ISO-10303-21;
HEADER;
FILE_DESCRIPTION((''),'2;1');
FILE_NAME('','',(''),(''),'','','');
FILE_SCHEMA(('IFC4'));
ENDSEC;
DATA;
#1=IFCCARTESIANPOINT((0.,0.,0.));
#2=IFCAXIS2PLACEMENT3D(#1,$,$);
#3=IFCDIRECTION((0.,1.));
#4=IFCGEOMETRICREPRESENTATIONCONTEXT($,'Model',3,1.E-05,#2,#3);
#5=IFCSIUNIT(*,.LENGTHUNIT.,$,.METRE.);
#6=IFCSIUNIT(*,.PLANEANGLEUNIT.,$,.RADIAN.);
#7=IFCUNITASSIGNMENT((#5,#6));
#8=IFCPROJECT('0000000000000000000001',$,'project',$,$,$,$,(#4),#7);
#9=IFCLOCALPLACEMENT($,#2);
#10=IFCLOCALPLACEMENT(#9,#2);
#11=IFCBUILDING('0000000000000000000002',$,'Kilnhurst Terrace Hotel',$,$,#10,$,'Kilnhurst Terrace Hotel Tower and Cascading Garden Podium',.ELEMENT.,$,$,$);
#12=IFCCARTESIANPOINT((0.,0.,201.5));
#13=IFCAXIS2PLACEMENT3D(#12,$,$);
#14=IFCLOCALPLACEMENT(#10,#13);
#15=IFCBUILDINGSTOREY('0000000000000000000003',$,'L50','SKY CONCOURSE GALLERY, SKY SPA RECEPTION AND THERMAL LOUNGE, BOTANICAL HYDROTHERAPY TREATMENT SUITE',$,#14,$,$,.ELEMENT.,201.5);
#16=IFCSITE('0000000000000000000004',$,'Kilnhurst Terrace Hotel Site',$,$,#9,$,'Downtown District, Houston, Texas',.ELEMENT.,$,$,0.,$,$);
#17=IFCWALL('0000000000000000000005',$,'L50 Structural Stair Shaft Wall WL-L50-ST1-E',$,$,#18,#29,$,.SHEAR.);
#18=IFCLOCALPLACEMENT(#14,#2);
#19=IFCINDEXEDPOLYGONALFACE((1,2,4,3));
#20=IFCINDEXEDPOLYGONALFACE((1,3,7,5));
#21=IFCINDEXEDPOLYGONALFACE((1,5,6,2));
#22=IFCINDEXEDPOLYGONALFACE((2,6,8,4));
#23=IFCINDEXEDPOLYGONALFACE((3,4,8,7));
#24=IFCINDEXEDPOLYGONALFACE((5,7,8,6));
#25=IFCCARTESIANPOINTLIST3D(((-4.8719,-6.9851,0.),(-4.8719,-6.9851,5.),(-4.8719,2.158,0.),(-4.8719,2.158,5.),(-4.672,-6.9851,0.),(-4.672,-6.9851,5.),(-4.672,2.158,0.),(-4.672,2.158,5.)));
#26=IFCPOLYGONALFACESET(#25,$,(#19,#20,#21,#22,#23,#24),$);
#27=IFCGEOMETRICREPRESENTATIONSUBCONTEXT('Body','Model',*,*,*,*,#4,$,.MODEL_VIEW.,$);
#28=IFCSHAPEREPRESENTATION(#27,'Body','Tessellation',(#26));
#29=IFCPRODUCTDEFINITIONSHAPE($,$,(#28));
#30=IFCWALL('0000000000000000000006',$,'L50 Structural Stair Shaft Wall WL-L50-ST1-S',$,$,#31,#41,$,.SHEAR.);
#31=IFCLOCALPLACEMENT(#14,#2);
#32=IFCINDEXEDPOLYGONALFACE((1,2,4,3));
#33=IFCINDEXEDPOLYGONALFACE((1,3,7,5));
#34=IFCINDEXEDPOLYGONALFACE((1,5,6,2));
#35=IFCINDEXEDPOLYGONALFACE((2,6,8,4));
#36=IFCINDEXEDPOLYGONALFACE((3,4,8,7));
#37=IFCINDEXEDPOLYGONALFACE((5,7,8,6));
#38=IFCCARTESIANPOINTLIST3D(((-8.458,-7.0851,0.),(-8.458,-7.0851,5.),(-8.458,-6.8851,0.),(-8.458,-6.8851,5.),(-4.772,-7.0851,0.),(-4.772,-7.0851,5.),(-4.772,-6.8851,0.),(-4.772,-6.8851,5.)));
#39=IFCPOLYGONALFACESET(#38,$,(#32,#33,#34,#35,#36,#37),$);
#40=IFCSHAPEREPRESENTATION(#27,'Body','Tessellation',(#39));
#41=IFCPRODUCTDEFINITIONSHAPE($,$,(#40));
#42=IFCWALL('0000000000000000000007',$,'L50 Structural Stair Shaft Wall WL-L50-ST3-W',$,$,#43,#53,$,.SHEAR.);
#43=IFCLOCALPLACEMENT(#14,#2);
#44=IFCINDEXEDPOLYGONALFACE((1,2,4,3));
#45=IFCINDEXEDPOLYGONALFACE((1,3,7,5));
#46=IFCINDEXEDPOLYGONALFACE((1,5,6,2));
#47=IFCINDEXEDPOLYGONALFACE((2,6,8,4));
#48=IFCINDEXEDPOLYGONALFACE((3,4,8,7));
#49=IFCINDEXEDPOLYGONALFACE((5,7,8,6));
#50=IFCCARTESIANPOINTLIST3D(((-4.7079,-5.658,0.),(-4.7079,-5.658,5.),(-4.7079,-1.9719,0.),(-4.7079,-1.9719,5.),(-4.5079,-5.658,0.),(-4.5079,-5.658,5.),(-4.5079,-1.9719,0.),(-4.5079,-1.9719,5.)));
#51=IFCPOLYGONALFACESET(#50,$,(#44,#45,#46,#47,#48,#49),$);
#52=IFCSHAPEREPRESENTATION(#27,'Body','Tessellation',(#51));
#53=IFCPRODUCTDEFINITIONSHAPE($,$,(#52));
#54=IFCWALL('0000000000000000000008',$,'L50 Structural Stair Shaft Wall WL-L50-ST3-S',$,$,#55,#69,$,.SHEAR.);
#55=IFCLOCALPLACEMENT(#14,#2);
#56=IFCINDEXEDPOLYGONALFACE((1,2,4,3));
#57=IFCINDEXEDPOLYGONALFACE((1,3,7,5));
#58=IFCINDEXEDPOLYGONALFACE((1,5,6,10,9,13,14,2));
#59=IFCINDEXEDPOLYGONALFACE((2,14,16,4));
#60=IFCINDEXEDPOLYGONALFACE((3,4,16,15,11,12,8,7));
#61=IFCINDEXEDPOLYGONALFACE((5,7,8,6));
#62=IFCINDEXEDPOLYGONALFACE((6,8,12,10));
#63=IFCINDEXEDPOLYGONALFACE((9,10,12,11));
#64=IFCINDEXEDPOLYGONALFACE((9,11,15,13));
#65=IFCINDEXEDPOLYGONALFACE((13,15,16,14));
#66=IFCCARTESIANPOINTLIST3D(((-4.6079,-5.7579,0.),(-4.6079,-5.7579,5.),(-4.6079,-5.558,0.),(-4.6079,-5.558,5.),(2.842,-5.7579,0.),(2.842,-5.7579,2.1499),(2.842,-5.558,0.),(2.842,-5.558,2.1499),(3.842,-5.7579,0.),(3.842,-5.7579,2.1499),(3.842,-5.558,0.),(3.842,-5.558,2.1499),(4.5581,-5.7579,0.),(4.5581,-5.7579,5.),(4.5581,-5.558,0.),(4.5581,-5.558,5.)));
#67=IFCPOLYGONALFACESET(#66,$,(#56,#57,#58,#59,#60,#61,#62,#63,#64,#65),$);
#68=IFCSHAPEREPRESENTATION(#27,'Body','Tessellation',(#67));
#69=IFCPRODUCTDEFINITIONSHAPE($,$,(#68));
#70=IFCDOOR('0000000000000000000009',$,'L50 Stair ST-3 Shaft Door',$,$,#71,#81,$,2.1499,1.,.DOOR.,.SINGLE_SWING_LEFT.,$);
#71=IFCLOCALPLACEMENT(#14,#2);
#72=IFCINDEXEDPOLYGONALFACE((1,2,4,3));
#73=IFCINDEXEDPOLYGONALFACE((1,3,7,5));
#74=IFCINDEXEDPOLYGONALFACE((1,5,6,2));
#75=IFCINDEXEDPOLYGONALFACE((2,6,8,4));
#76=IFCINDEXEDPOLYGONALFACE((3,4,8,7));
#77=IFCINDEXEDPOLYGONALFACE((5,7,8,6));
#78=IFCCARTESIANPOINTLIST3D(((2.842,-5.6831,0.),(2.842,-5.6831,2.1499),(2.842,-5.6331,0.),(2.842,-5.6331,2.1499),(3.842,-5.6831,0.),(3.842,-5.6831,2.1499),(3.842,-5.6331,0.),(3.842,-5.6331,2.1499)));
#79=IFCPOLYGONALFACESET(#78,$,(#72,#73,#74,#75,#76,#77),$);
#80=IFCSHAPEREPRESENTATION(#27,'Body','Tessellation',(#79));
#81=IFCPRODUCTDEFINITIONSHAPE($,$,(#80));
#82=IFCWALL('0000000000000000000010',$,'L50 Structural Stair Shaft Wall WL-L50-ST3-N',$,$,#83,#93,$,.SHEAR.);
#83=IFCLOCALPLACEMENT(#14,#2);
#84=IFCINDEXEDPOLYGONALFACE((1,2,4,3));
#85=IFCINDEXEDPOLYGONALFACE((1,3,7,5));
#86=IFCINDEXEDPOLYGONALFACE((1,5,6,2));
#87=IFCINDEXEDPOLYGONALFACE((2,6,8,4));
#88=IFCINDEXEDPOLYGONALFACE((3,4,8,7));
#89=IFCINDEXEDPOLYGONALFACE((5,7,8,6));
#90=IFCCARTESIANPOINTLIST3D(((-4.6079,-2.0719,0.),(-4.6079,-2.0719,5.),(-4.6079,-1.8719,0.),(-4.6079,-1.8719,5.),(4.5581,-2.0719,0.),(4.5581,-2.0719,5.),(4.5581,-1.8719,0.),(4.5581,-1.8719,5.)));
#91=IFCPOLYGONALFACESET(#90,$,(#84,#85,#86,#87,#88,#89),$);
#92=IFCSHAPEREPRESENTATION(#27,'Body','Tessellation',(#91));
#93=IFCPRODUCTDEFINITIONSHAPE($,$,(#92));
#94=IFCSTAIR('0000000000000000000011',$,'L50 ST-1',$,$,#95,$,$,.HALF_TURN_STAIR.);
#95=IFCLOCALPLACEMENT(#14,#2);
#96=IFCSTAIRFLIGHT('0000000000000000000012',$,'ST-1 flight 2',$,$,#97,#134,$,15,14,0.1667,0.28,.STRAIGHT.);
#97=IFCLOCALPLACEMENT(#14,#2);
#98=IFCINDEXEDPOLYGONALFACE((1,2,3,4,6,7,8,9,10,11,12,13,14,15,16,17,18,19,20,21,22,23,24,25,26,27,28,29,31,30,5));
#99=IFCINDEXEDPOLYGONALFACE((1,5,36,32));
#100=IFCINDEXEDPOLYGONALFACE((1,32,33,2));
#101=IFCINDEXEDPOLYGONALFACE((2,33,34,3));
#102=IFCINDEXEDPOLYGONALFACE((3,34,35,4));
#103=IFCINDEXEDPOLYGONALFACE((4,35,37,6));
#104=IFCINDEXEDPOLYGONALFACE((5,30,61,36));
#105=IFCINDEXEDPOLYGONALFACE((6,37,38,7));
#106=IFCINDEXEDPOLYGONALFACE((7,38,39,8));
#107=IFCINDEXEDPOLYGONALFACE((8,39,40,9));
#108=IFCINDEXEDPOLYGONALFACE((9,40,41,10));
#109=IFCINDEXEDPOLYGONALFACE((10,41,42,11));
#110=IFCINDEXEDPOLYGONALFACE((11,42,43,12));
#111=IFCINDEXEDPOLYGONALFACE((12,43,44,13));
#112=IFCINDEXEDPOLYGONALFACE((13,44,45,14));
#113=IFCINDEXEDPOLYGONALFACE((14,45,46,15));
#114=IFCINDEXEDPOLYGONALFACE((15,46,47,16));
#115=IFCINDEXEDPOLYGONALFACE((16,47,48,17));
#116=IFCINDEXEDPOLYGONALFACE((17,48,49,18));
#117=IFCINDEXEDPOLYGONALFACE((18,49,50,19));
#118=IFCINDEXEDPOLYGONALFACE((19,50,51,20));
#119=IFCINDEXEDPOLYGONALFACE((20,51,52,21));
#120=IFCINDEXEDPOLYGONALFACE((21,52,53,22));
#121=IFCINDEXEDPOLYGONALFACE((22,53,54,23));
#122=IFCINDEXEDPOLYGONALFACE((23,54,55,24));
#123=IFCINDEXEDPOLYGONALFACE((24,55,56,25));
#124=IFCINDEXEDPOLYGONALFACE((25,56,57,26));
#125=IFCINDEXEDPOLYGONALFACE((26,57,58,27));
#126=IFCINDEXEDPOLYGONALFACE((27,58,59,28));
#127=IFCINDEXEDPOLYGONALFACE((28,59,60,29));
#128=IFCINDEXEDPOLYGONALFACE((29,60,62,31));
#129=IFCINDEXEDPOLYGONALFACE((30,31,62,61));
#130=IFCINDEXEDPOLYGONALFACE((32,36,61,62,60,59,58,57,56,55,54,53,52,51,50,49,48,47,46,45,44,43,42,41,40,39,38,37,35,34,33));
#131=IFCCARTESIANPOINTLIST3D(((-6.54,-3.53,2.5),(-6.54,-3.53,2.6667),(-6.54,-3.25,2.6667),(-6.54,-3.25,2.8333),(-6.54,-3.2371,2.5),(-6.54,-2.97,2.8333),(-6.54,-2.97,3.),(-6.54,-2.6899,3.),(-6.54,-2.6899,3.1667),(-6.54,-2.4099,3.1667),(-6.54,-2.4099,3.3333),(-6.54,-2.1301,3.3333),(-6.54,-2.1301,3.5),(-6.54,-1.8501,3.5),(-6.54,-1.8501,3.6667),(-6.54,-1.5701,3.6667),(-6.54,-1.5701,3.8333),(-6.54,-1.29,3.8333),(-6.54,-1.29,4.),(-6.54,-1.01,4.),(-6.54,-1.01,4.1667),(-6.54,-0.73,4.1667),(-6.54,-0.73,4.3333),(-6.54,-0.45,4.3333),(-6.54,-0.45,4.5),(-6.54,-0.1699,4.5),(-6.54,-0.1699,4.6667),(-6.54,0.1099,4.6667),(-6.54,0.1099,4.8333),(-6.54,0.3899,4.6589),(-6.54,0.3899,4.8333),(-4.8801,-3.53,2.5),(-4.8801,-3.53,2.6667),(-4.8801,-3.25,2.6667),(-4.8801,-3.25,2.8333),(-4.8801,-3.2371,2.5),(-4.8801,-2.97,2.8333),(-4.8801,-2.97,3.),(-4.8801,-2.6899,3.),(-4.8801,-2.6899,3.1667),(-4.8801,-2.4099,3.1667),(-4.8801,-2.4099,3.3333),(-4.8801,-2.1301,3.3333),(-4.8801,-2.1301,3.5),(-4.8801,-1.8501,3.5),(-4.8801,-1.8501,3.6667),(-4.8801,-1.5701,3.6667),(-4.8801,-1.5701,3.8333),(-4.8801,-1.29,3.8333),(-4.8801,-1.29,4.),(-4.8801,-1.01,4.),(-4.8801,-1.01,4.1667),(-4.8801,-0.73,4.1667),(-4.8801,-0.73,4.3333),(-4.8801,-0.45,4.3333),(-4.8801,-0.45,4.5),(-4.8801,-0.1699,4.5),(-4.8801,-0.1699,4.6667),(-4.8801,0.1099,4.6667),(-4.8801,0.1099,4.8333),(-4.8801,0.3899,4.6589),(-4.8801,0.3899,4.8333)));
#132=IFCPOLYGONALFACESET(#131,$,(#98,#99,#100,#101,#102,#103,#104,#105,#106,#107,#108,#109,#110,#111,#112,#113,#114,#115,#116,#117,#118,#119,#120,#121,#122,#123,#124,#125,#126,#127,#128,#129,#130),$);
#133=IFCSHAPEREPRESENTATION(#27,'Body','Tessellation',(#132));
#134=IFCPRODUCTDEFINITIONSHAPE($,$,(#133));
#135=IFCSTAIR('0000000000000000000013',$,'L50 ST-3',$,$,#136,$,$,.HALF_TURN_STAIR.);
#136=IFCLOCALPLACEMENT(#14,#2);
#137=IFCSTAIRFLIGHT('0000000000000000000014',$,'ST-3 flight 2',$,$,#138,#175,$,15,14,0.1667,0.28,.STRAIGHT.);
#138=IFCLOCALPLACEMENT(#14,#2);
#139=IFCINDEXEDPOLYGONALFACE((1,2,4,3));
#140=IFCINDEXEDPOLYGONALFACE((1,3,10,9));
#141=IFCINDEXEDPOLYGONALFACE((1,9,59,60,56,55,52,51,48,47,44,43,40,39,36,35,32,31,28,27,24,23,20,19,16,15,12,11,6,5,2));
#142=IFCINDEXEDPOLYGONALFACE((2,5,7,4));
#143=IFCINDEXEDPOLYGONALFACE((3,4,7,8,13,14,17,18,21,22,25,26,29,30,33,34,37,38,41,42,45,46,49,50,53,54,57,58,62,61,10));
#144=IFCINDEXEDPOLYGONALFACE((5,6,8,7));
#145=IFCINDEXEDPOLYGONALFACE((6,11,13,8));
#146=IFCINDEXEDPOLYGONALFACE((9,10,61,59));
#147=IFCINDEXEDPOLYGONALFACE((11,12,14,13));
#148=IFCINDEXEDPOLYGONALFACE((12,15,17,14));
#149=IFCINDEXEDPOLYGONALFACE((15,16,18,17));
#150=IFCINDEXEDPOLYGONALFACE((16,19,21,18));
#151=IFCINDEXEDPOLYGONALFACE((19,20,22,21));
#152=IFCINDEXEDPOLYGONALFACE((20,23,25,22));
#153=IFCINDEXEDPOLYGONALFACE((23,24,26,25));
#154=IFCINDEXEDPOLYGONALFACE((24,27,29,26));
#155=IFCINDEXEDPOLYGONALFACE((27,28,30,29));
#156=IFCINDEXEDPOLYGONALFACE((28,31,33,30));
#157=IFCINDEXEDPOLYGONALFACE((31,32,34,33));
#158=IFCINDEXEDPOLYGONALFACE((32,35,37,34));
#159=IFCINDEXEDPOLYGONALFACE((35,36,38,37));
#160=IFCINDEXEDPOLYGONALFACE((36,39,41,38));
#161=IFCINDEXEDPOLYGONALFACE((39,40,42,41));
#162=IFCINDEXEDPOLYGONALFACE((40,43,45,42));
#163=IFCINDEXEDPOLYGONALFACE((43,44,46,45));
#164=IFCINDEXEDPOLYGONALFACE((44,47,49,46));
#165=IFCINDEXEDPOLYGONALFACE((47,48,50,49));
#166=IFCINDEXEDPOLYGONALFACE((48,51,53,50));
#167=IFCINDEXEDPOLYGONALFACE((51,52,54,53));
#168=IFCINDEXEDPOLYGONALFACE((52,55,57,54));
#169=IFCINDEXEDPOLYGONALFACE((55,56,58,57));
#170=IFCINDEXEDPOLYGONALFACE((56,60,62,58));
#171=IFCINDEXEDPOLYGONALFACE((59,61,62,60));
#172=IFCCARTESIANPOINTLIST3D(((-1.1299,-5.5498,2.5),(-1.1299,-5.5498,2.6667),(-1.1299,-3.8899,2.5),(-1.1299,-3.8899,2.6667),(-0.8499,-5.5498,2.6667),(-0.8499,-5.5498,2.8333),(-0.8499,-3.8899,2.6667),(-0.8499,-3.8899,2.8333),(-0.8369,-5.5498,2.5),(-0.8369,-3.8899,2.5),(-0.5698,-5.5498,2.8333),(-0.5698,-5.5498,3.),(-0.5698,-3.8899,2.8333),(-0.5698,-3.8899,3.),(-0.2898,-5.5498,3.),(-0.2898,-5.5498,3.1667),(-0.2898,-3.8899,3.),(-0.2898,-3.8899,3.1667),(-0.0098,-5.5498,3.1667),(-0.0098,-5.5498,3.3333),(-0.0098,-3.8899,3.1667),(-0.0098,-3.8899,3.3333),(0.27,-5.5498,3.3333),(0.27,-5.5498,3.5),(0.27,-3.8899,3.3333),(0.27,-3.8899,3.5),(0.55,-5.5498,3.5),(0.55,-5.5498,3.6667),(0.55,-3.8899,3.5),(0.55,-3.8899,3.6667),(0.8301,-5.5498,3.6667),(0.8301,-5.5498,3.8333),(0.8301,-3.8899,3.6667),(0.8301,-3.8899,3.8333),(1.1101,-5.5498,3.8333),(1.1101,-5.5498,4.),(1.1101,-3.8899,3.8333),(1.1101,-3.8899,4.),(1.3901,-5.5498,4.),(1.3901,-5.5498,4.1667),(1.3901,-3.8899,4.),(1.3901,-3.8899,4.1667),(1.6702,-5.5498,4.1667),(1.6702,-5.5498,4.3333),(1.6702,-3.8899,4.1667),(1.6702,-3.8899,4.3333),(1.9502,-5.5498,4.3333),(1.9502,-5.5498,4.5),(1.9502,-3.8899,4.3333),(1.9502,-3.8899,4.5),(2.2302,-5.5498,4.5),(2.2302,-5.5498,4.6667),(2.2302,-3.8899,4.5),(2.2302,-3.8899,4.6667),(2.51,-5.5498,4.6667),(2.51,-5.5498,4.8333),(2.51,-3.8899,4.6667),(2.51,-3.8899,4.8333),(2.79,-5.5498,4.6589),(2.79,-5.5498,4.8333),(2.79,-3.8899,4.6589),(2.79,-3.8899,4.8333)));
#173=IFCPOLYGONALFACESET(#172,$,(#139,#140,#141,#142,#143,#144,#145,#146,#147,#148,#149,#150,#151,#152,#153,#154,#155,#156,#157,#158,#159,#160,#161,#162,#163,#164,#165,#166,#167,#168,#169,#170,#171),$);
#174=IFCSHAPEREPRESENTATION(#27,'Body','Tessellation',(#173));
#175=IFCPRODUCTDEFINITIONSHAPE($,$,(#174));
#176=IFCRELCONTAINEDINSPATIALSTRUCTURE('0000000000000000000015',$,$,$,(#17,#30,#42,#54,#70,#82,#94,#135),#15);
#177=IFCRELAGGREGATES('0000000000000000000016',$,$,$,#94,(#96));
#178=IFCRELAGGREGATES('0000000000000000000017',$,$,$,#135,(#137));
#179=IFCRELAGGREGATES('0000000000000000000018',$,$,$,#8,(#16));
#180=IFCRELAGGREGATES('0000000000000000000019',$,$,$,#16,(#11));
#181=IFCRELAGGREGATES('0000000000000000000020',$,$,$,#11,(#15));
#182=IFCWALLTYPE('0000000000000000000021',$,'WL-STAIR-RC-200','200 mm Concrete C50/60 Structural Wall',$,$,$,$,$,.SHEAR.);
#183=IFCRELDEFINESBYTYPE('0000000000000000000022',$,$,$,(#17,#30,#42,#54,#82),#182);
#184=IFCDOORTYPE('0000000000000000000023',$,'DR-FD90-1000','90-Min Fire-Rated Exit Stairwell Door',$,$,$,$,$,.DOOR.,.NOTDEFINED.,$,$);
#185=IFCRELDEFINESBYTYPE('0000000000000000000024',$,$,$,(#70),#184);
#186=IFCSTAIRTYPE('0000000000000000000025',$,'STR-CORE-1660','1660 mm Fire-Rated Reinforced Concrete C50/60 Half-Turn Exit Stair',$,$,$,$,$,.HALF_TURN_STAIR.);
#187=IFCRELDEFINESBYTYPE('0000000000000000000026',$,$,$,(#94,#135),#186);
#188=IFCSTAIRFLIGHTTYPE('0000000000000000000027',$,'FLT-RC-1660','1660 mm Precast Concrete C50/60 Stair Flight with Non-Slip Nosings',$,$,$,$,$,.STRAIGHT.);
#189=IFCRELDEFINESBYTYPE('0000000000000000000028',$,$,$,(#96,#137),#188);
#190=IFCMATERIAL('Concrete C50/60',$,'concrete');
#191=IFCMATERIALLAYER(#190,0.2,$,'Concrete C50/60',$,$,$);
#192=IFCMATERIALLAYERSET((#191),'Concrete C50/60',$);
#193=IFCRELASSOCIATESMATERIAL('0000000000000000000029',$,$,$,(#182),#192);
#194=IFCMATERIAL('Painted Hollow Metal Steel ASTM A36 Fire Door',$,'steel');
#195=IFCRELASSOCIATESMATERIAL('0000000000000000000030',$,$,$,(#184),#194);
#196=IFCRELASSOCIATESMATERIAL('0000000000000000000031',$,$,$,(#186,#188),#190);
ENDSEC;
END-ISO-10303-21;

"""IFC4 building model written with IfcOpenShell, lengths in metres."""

from ifc_helpers import new_model, si_unit, direction, frame, frame_2d, origin, place, context, subcontext, project, spatial, polyline, rectangle, outline, extrude, material, layer, layer_set, type_object, element, fill, aggregate, save


model = new_model("IFC4")

# Units and contexts
model_context = context("Model", 3, precision=1e-05, world=origin(), true_north=direction((0.0, 1.0)))
body_context = subcontext(model_context, "Body", "Model", "MODEL_VIEW")
ifc_project = project(units=[si_unit("LENGTHUNIT", "METRE"), si_unit("PLANEANGLEUNIT", "RADIAN")], contexts=[model_context])

# Site, building, storey
site_placement = place(None, origin())
site = spatial("IfcSite", under=ifc_project, at=site_placement, Name="Kilnhurst Terrace Hotel Site", LongName="Downtown District, Houston, Texas", CompositionType="ELEMENT", RefElevation=0.0)
building_placement = place(site_placement, origin())
building = spatial("IfcBuilding", under=site, at=building_placement, Name="Kilnhurst Terrace Hotel", LongName="Kilnhurst Terrace Hotel Tower and Cascading Garden Podium", CompositionType="ELEMENT")
storey_placement = place(building_placement, frame((0.0, 0.0, 201.5)))
storey = spatial("IfcBuildingStorey", under=building, at=storey_placement, Name="L50", Description="SKY CONCOURSE GALLERY, SKY SPA RECEPTION AND THERMAL LOUNGE, BOTANICAL HYDROTHERAPY TREATMENT SUITE", CompositionType="ELEMENT", Elevation=201.5)

# Shared definitions
ifc_material_1 = material(Name="Concrete C50/60", Category="concrete")

# Walls
ifc_layer_1 = layer(ifc_material_1, 0.2, Name="Concrete C50/60")
ifc_layer_set_1 = layer_set([ifc_layer_1], Name="Concrete C50/60")
wall_type_1 = type_object("IfcWallType", Name="WL-STAIR-RC-200", Description="200 mm Concrete C50/60 Structural Wall", PredefinedType="SHEAR", material=ifc_layer_set_1)
wall_1_placement = place(storey_placement, frame((-4.772, -6.9851, 0.0), z_axis=(0.0, 0.0, 1.0), x_axis=(0.0, 1.0, 0.0)))
element("IfcWall", 1, at=wall_1_placement, inside=storey, type_object=wall_type_1, Name="L50 Structural Stair Shaft Wall WL-L50-ST1-E", PredefinedType="SHEAR", context=body_context, shape_type="SweptSolid", body=[
    extrude(rectangle(XDim=9.1431, YDim=0.2, at=frame_2d((4.5715, 0.0))), origin(), (0.0, 0.0, 1.0), 5.0),
])
for number, where, z_axis, x_axis, name in (
    (2, (-8.458, -6.9851, 0.0), (0.0, 0.0, 1.0), (1.0, 0.0, 0.0), "L50 Structural Stair Shaft Wall WL-L50-ST1-S"),
    (3, (-4.6079, -5.658, 0.0), (0.0, 0.0, 1.0), (0.0, 1.0, 0.0), "L50 Structural Stair Shaft Wall WL-L50-ST3-W"),
):
    element("IfcWall", number, at=place(storey_placement, frame(where, z_axis=z_axis, x_axis=x_axis)), inside=storey, type_object=wall_type_1, Name=name, PredefinedType="SHEAR", context=body_context, shape_type="SweptSolid", body=[
        extrude(rectangle(XDim=3.686, YDim=0.2, at=frame_2d((1.843, 0.0))), origin(), (0.0, 0.0, 1.0), 5.0),
    ])

# Wall, opening, door
wall_2_placement = place(storey_placement, frame((-4.6079, -5.658, 0.0), z_axis=(0.0, 0.0, 1.0), x_axis=(1.0, 0.0, 0.0)))
wall_2 = element("IfcWall", 4, at=wall_2_placement, inside=storey, type_object=wall_type_1, Name="L50 Structural Stair Shaft Wall WL-L50-ST3-S", PredefinedType="SHEAR", context=body_context, shape_type="SweptSolid", body=[
    extrude(rectangle(XDim=9.166, YDim=0.2, at=frame_2d((4.583, 0.0))), origin(), (0.0, 0.0, 1.0), 5.0),
])
opening_1_placement = place(wall_2_placement, frame((7.45, 0.0, 0.0)))
opening_1 = element("IfcOpeningElement", 5, at=opening_1_placement, cuts=wall_2, PredefinedType="OPENING", context=body_context, shape_type="SweptSolid", body=[
    extrude(rectangle(XDim=1.0, YDim=2.1499, at=frame_2d((0.5, 1.075))), frame((0.0, 0.1099, 0.0), z_axis=(0.0, -1.0, 0.0), x_axis=(1.0, 0.0, 0.0)), (0.0, 0.0, 1.0), 0.22),
])
ifc_material_2 = material(Name="Painted Hollow Metal Steel ASTM A36 Fire Door", Category="steel")
door_type_1 = type_object("IfcDoorType", Name="DR-FD90-1000", Description="90-Min Fire-Rated Exit Stairwell Door", OperationType="NOTDEFINED", PredefinedType="DOOR", material=ifc_material_2)
door_1_placement = place(opening_1_placement, origin())
door_1 = element("IfcDoor", 6, at=door_1_placement, inside=storey, type_object=door_type_1, Name="L50 Stair ST-3 Shaft Door", OperationType="SINGLE_SWING_LEFT", OverallHeight=2.1499, OverallWidth=1.0, PredefinedType="DOOR", context=body_context, shape_type="SweptSolid", body=[
    extrude(rectangle(XDim=1.0, YDim=2.1499, at=frame_2d((0.5, 1.075))), frame((0.0, 0.0249, 0.0), z_axis=(0.0, -1.0, 0.0), x_axis=(1.0, 0.0, 0.0)), (0.0, 0.0, 1.0), 0.05),
])
fill(opening_1, door_1)

# Wall
wall_3_placement = place(storey_placement, frame((-4.6079, -1.9719, 0.0), z_axis=(0.0, 0.0, 1.0), x_axis=(1.0, 0.0, 0.0)))
element("IfcWall", 7, at=wall_3_placement, inside=storey, type_object=wall_type_1, Name="L50 Structural Stair Shaft Wall WL-L50-ST3-N", PredefinedType="SHEAR", context=body_context, shape_type="SweptSolid", body=[
    extrude(rectangle(XDim=9.166, YDim=0.2, at=frame_2d((4.583, 0.0))), origin(), (0.0, 0.0, 1.0), 5.0),
])

# Stairs, stair flights
stair_type = type_object("IfcStairType", Name="STR-CORE-1660", Description="1660 mm Fire-Rated Reinforced Concrete C50/60 Half-Turn Exit Stair", PredefinedType="HALF_TURN_STAIR", material=ifc_material_1)
stair_1_placement = place(storey_placement, origin())
stair_1 = element("IfcStair", 8, at=stair_1_placement, inside=storey, type_object=stair_type, Name="L50 ST-1", PredefinedType="HALF_TURN_STAIR")
stair_flight_type = type_object("IfcStairFlightType", Name="FLT-RC-1660", Description="1660 mm Precast Concrete C50/60 Stair Flight with Non-Slip Nosings", PredefinedType="STRAIGHT", material=ifc_material_1)
stair_flight_1_placement = place(storey_placement, frame((-5.71, -3.53, 2.5), z_axis=(0.0, 0.0, 1.0), x_axis=(0.0, 1.0, 0.0)))
stair_flight_1 = element("IfcStairFlight", 9, at=stair_flight_1_placement, type_object=stair_flight_type, Name="ST-1 flight 2", NumberOfRisers=15, NumberOfTreads=14, PredefinedType="STRAIGHT", RiserHeight=0.1667, TreadLength=0.28, context=body_context, shape_type="SweptSolid", body=[
    extrude(outline(polyline([(0.0, 0.0), (0.0, 0.1667), (0.28, 0.1667), (0.28, 0.3333), (0.5601, 0.3333), (0.5601, 0.5), (0.8401, 0.5), (0.8401, 0.6667), (1.1201, 0.6667), (1.1201, 0.8333), (1.3999, 0.8333), (1.3999, 1.0), (1.6799, 1.0), (1.6799, 1.1667), (1.96, 1.1667), (1.96, 1.3333), (2.24, 1.3333), (2.24, 1.5), (2.52, 1.5), (2.52, 1.6667), (2.8, 1.6667), (2.8, 1.8333), (3.0801, 1.8333), (3.0801, 2.0), (3.3601, 2.0), (3.3601, 2.1667), (3.6399, 2.1667), (3.6399, 2.3333), (3.9199, 2.3333), (3.9199, 2.5), (3.9199, 2.1589), (0.293, 0.0), (0.0, 0.0)])), frame((0.0, 0.8301, 0.0), z_axis=(0.0, -1.0, 0.0), x_axis=(1.0, 0.0, 0.0)), (0.0, 0.0, 1.0), 1.6599),
])
aggregate(stair_1, [stair_flight_1])
stair_2_placement = place(storey_placement, origin())
stair_2 = element("IfcStair", 10, at=stair_2_placement, inside=storey, type_object=stair_type, Name="L50 ST-3", PredefinedType="HALF_TURN_STAIR")
stair_flight_2_placement = place(storey_placement, frame((-1.1299, -4.72, 2.5), z_axis=(0.0, 0.0, 1.0), x_axis=(1.0, 0.0, 0.0)))
stair_flight_2 = element("IfcStairFlight", 11, at=stair_flight_2_placement, type_object=stair_flight_type, Name="ST-3 flight 2", NumberOfRisers=15, NumberOfTreads=14, PredefinedType="STRAIGHT", RiserHeight=0.1667, TreadLength=0.28, context=body_context, shape_type="SweptSolid", body=[
    extrude(outline(polyline([(0.0, 0.0), (0.0, 0.1667), (0.28, 0.1667), (0.28, 0.3333), (0.5601, 0.3333), (0.5601, 0.5), (0.8401, 0.5), (0.8401, 0.6667), (1.1201, 0.6667), (1.1201, 0.8333), (1.3999, 0.8333), (1.3999, 1.0), (1.6799, 1.0), (1.6799, 1.1667), (1.96, 1.1667), (1.96, 1.3333), (2.24, 1.3333), (2.24, 1.5), (2.52, 1.5), (2.52, 1.6667), (2.8, 1.6667), (2.8, 1.8333), (3.0801, 1.8333), (3.0801, 2.0), (3.3601, 2.0), (3.3601, 2.1667), (3.6399, 2.1667), (3.6399, 2.3333), (3.9199, 2.3333), (3.9199, 2.5), (3.9199, 2.1589), (0.293, 0.0), (0.0, 0.0)])), frame((0.0, 0.8301, 0.0), z_axis=(0.0, -1.0, 0.0), x_axis=(1.0, 0.0, 0.0)), (0.0, 0.0, 1.0), 1.6599),
])
aggregate(stair_2, [stair_flight_2])

save(model, "model.ifc")
